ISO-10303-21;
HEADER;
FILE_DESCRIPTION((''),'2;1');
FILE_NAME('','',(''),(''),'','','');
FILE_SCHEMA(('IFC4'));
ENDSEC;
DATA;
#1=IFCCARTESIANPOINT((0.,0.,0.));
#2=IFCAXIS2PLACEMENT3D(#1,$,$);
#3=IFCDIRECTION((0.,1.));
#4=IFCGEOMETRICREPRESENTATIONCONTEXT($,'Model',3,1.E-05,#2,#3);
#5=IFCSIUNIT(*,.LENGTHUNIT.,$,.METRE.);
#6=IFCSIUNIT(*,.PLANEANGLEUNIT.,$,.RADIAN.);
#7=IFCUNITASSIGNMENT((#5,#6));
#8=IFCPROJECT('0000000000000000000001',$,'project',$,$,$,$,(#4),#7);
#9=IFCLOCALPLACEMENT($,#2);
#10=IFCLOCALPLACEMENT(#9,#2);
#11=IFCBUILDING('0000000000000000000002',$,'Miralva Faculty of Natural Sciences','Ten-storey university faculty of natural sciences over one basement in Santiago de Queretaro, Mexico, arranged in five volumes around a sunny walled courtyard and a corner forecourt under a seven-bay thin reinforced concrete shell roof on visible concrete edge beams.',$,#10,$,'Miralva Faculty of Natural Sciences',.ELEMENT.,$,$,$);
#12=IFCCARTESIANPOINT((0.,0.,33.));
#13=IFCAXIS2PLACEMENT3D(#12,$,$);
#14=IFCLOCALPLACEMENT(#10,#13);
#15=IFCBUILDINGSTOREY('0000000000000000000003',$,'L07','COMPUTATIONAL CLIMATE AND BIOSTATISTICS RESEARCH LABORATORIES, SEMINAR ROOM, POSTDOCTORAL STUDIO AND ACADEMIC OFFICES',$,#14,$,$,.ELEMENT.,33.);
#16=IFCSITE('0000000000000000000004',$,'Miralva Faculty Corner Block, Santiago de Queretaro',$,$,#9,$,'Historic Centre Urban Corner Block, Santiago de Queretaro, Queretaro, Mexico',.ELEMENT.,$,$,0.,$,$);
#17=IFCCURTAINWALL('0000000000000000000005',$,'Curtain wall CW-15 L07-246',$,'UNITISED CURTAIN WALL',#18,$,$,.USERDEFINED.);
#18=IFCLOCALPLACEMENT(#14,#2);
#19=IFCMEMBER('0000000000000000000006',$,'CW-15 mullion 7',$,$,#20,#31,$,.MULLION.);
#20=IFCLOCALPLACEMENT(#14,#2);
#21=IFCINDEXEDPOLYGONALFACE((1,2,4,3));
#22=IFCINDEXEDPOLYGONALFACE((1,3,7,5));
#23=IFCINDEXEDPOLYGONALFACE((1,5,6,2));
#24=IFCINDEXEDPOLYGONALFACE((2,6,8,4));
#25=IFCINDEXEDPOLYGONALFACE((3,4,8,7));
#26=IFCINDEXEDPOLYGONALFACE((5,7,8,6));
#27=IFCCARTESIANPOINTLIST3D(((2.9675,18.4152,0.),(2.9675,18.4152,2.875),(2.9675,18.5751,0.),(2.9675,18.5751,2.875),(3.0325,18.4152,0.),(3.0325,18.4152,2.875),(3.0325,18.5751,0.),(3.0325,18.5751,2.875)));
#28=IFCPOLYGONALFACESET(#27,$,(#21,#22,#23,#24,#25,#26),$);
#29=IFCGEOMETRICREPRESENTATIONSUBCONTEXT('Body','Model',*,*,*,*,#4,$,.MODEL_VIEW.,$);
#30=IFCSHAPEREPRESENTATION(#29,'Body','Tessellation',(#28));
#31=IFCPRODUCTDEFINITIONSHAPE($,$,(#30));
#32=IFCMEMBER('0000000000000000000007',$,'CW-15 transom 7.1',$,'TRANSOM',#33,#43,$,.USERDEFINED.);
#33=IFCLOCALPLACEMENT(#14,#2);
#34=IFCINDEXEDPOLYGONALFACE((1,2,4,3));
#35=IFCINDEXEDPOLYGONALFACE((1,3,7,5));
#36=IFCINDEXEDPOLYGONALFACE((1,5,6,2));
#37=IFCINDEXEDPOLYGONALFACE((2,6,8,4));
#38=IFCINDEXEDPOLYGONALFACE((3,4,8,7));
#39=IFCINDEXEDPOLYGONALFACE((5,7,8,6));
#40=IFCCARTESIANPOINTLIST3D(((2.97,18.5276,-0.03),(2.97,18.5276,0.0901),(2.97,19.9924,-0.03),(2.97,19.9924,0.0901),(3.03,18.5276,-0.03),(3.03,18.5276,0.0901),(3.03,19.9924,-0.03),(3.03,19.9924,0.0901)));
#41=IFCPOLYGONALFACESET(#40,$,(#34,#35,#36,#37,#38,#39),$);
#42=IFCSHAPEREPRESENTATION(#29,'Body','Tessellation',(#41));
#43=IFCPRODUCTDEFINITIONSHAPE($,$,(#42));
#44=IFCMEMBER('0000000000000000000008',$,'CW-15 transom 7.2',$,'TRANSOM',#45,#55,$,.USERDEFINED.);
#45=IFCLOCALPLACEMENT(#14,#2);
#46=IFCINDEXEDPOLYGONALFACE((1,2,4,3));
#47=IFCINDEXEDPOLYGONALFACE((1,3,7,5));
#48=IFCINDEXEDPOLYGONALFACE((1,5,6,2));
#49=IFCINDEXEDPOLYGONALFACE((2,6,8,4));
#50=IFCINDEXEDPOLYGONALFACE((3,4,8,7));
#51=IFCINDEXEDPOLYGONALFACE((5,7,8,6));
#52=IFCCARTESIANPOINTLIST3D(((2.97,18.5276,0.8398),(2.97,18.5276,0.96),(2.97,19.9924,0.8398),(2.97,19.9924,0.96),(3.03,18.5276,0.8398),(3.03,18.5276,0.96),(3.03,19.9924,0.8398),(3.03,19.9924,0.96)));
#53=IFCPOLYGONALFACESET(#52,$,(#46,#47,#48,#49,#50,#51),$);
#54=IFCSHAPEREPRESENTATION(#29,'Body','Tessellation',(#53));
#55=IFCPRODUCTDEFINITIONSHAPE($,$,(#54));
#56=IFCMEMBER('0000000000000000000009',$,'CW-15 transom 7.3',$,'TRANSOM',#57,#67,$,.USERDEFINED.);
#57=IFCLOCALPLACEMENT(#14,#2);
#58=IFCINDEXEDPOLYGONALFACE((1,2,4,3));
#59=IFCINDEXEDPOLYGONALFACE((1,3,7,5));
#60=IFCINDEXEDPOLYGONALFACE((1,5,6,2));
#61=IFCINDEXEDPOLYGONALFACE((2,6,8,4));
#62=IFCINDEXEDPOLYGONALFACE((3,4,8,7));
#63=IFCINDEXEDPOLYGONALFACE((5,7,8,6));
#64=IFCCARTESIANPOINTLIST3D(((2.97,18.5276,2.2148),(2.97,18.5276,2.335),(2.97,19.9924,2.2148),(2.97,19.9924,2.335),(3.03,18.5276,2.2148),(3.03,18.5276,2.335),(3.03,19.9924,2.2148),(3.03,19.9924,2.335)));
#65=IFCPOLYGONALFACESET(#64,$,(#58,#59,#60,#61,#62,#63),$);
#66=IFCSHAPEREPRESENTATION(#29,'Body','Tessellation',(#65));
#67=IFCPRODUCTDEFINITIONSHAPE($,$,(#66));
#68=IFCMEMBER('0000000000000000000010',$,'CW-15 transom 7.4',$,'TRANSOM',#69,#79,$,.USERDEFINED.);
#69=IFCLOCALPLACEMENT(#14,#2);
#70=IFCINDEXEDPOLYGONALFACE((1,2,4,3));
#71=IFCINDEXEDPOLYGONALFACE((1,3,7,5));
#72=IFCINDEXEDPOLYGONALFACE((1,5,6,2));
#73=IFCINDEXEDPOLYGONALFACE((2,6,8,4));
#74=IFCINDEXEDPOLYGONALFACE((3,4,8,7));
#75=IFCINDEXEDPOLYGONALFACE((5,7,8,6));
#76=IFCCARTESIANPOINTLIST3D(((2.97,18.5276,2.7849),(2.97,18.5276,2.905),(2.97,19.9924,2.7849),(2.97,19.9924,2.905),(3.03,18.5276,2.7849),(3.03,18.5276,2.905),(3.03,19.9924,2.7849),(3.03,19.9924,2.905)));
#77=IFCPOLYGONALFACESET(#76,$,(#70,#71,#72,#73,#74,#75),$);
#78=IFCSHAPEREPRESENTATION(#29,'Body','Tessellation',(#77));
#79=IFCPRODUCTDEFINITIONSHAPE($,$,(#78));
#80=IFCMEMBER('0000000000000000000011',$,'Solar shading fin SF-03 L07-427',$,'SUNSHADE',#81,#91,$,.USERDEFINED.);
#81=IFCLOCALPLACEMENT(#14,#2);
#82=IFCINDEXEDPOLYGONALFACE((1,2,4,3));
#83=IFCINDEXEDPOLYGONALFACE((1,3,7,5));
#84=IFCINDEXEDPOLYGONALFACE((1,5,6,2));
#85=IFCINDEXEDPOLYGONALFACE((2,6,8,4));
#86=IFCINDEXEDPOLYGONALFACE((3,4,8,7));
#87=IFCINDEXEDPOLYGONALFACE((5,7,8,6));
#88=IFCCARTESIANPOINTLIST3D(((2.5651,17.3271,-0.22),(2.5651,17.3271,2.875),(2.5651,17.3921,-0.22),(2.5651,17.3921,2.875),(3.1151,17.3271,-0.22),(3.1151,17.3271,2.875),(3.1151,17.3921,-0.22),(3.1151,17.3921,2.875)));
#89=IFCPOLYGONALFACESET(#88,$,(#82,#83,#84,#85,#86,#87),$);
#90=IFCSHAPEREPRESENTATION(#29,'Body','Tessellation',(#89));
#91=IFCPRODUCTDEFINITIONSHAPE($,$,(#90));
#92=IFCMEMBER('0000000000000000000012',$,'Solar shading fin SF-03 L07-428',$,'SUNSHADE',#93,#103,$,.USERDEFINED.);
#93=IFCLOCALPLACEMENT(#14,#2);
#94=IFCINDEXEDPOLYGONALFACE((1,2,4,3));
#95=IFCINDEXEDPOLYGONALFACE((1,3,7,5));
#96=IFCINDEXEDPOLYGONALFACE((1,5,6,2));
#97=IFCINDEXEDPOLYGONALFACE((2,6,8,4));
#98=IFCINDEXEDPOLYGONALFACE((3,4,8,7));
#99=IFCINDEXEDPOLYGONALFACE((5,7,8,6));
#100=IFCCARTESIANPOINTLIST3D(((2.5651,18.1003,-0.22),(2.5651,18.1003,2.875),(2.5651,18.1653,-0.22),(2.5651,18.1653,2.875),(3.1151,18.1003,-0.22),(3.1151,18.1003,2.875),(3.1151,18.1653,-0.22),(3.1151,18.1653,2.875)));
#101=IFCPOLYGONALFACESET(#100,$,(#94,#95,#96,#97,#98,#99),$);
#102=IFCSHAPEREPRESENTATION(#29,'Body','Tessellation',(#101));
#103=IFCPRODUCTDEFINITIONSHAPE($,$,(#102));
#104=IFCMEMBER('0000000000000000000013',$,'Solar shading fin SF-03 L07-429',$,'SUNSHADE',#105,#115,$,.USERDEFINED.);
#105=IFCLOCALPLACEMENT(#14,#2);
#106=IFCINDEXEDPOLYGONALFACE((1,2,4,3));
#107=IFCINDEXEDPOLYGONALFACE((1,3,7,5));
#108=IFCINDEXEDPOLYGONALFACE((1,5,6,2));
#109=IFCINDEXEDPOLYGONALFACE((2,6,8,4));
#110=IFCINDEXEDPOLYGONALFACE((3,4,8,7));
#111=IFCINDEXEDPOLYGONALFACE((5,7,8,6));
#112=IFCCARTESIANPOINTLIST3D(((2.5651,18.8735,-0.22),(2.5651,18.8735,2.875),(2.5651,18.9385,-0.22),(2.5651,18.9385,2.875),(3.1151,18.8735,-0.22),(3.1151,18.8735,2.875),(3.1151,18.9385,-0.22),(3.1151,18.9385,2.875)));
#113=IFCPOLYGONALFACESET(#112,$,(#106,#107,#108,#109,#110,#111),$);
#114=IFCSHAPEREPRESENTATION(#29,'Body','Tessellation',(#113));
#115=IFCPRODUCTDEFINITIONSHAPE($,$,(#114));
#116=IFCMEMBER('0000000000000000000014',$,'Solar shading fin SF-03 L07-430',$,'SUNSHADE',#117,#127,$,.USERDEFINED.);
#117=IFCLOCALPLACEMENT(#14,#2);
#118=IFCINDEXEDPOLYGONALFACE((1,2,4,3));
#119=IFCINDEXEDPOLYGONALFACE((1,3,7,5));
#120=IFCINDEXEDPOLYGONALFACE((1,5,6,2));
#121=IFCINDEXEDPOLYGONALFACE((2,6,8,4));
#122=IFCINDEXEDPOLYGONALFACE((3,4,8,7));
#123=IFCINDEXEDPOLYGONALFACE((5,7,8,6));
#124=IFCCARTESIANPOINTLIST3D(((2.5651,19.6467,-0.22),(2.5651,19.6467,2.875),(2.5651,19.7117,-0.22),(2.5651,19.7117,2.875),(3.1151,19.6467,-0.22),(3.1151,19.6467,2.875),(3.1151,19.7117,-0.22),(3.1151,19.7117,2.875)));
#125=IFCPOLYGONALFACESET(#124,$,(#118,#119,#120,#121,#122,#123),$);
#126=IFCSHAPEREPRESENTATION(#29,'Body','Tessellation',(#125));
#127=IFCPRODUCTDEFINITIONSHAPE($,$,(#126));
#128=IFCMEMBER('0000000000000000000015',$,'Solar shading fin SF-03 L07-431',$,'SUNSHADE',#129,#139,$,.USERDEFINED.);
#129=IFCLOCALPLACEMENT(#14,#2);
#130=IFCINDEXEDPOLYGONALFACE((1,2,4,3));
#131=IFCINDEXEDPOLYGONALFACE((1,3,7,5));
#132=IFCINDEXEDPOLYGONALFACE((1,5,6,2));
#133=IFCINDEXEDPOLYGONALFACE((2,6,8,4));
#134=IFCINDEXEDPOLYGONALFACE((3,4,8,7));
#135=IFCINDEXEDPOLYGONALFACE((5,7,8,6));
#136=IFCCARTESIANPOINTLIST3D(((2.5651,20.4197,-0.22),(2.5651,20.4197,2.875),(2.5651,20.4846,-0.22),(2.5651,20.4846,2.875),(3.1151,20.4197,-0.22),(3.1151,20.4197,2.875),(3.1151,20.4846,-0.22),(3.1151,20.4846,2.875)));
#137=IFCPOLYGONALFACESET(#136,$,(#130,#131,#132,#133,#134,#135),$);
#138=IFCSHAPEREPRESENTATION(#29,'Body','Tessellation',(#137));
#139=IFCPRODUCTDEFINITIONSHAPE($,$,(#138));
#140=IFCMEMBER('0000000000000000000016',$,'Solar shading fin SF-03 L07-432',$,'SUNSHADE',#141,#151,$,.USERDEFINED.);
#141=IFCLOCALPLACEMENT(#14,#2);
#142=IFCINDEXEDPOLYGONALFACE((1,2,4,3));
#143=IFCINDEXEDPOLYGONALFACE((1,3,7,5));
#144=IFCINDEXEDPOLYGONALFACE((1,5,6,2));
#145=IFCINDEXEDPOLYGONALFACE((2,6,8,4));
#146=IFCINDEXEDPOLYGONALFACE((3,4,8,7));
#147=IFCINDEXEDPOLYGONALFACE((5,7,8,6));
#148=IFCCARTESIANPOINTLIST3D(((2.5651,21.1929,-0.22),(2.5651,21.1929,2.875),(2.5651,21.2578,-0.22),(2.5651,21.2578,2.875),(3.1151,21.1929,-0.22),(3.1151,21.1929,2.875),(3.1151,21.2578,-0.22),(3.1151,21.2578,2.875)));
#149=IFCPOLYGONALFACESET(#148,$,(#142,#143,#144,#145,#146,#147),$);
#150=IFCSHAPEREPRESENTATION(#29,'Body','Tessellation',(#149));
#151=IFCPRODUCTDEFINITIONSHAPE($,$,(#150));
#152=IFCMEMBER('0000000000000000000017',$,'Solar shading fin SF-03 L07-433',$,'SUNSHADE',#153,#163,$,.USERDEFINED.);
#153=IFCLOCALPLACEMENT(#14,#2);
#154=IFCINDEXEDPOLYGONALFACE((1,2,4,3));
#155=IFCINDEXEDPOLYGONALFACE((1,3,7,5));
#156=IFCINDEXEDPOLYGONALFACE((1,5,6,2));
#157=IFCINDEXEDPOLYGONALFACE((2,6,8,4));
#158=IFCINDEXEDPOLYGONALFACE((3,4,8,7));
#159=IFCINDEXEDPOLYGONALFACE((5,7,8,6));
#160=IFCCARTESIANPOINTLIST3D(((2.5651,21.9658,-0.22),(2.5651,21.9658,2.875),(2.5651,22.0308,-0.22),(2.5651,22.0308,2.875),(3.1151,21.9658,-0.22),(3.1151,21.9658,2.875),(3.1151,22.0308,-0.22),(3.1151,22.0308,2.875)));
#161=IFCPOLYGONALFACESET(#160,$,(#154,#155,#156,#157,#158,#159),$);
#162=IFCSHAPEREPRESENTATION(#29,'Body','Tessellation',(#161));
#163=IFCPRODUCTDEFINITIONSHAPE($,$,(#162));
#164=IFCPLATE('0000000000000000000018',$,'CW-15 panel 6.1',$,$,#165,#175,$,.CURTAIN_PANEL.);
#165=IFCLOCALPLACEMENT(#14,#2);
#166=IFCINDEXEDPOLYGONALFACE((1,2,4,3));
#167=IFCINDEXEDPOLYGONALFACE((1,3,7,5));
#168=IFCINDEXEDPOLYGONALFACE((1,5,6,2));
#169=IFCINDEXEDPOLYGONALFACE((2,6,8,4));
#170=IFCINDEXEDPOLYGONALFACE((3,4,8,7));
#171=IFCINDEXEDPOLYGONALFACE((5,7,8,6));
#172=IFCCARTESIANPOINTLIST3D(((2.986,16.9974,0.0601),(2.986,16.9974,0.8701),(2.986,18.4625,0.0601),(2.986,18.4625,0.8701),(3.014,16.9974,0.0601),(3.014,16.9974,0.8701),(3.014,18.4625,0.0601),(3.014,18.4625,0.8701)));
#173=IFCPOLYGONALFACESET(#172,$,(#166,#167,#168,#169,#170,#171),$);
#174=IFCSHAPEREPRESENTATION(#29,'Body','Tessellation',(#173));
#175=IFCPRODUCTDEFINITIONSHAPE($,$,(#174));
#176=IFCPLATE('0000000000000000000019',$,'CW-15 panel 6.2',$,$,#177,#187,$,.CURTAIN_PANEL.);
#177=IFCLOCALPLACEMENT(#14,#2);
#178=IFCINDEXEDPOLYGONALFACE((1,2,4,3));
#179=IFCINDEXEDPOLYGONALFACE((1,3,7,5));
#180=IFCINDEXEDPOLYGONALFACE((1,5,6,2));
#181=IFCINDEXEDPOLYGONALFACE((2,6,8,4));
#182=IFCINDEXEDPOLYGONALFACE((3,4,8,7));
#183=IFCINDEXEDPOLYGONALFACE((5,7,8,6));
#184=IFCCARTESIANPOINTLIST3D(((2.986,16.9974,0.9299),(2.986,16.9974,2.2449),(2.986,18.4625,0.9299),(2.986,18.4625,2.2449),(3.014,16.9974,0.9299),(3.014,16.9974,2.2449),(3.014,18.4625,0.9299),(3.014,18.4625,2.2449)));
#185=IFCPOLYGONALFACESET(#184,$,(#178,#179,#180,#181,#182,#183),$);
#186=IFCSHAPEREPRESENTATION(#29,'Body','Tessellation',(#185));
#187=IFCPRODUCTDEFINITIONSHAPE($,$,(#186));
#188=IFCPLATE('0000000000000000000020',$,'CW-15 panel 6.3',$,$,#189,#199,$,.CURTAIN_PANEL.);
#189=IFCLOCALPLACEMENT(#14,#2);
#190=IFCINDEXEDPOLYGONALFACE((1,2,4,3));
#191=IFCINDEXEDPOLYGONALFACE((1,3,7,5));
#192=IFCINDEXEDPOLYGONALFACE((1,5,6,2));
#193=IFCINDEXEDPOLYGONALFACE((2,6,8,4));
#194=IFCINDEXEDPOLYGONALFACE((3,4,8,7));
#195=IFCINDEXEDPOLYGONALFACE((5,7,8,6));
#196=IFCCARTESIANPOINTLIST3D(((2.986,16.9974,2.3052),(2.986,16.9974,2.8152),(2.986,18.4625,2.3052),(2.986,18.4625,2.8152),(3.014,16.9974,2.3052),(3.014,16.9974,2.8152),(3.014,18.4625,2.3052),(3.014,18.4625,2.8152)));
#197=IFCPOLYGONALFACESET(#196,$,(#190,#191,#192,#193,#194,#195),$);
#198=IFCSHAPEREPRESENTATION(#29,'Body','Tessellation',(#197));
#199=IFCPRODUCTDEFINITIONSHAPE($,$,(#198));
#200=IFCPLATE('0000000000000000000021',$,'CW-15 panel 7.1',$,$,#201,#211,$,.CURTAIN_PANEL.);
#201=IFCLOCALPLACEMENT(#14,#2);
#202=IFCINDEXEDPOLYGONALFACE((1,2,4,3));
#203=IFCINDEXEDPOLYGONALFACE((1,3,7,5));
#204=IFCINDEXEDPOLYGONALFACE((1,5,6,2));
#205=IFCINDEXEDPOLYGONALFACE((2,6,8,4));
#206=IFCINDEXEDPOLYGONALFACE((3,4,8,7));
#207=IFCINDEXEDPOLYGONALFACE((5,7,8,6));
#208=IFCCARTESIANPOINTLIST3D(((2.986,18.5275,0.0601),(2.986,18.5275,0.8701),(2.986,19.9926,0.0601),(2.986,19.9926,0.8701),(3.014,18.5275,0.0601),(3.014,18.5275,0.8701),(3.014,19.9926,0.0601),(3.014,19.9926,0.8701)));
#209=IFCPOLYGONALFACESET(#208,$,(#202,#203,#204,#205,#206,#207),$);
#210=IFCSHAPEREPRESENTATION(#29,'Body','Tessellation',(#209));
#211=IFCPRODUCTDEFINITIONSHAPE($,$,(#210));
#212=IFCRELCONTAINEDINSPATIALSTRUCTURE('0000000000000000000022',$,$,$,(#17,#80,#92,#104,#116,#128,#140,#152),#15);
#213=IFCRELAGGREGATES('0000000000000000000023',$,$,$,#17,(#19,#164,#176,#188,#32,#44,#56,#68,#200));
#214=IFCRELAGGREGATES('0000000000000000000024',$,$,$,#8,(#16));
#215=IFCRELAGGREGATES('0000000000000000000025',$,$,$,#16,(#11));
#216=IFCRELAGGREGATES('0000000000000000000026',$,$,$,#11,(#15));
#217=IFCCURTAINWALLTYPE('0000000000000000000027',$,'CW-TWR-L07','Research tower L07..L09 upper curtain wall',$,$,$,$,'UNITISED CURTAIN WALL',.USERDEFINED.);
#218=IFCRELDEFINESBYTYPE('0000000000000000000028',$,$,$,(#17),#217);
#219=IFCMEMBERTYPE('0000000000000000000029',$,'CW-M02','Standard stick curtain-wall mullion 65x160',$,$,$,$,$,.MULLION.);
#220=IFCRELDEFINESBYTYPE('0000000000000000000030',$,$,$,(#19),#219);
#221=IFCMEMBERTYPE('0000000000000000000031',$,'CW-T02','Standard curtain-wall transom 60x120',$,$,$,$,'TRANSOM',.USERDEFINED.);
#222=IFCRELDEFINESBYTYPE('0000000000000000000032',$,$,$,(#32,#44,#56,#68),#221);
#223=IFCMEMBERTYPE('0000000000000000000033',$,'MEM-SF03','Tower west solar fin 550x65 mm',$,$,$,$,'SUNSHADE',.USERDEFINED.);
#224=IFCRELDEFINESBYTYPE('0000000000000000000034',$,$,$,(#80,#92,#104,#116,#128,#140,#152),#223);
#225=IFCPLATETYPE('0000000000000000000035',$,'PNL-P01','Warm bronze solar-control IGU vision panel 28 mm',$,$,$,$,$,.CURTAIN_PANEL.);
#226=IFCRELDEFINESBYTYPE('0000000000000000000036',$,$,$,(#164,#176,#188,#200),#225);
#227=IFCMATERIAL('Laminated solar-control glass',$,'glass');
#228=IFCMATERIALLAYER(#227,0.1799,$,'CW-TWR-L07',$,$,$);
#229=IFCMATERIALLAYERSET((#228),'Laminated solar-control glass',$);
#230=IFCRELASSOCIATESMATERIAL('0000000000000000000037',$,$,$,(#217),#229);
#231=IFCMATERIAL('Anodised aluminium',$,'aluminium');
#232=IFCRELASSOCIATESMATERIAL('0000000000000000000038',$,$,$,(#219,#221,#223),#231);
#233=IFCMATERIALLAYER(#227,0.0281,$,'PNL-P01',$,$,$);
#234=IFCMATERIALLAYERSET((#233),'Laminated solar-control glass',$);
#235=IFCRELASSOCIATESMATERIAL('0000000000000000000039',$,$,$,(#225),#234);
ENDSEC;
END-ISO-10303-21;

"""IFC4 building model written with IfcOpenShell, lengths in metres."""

from ifc_helpers import new_model, si_unit, direction, frame, origin, origin_2d, place, context, subcontext, project, spatial, rectangle, extrude, material, layer, layer_set, material_profile, profile_set, type_object, element, aggregate, save


model = new_model("IFC4")

# Units and contexts
model_context = context("Model", 3, precision=1e-05, world=origin(), true_north=direction((0.0, 1.0)))
body_context = subcontext(model_context, "Body", "Model", "MODEL_VIEW")
ifc_project = project(units=[si_unit("LENGTHUNIT", "METRE"), si_unit("PLANEANGLEUNIT", "RADIAN")], contexts=[model_context])

# Site, building, storey
site_placement = place(None, origin())
site = spatial("IfcSite", under=ifc_project, at=site_placement, Name="Miralva Faculty Corner Block, Santiago de Queretaro", LongName="Historic Centre Urban Corner Block, Santiago de Queretaro, Queretaro, Mexico", CompositionType="ELEMENT", RefElevation=0.0)
building_placement = place(site_placement, origin())
building = spatial("IfcBuilding", under=site, at=building_placement, Name="Miralva Faculty of Natural Sciences", Description="Ten-storey university faculty of natural sciences over one basement in Santiago de Queretaro, Mexico, arranged in five volumes around a sunny walled courtyard and a corner forecourt under a seven-bay thin reinforced concrete shell roof on visible concrete edge beams.", LongName="Miralva Faculty of Natural Sciences", CompositionType="ELEMENT")
storey_placement = place(building_placement, frame((0.0, 0.0, 33.0)))
storey = spatial("IfcBuildingStorey", under=building, at=storey_placement, Name="L07", Description="COMPUTATIONAL CLIMATE AND BIOSTATISTICS RESEARCH LABORATORIES, SEMINAR ROOM, POSTDOCTORAL STUDIO AND ACADEMIC OFFICES", CompositionType="ELEMENT", Elevation=33.0)

# Curtain wall, members
ifc_material_1 = material(Name="Laminated solar-control glass", Category="glass")
ifc_layer_1 = layer(ifc_material_1, 0.1799, Name="CW-TWR-L07")
ifc_layer_set_1 = layer_set([ifc_layer_1], Name="Laminated solar-control glass")
curtain_wall_type = type_object("IfcCurtainWallType", Name="CW-TWR-L07", Description="Research tower L07..L09 upper curtain wall", ElementType="UNITISED CURTAIN WALL", PredefinedType="USERDEFINED", material=ifc_layer_set_1)
curtain_wall_placement = place(storey_placement, origin())
curtain_wall = element("IfcCurtainWall", 1, at=curtain_wall_placement, inside=storey, type_object=curtain_wall_type, Name="Curtain wall CW-15 L07-246", ObjectType="UNITISED CURTAIN WALL", PredefinedType="USERDEFINED")
ifc_material_2 = material(Name="Anodised aluminium", Category="aluminium")
ifc_material_profile_1 = material_profile(ifc_material_2, rectangle(XDim=0.0649, YDim=0.1599, at=origin_2d()), Name="MULLION 65x160")
ifc_profile_set_1 = profile_set([ifc_material_profile_1], Name="Anodised aluminium")
member_type_1 = type_object("IfcMemberType", Name="CW-M02", Description="Standard stick curtain-wall mullion 65x160", PredefinedType="MULLION", material=ifc_profile_set_1)
member_1_placement = place(storey_placement, frame((3.0, 18.4951, 0.0), z_axis=(0.0, 0.0, 1.0), x_axis=(-1.0, 0.0, 0.0)))
member_1 = element("IfcMember", 2, at=member_1_placement, type_object=member_type_1, Name="CW-15 mullion 7", PredefinedType="MULLION", context=body_context, shape_type="SweptSolid", body=[
    extrude(rectangle(XDim=0.0649, YDim=0.1599, at=origin_2d()), origin(), (0.0, 0.0, 1.0), 2.875),
])
ifc_material_profile_2 = material_profile(ifc_material_2, rectangle(XDim=0.0601, YDim=0.1201, at=origin_2d()), Name="TRANSOM 60x120")
ifc_profile_set_2 = profile_set([ifc_material_profile_2], Name="Anodised aluminium")
member_type_2 = type_object("IfcMemberType", Name="CW-T02", Description="Standard curtain-wall transom 60x120", ElementType="TRANSOM", PredefinedType="USERDEFINED", material=ifc_profile_set_2)
member_2_placement = place(storey_placement, frame((3.0, 18.5276, 0.03), z_axis=(0.0, 1.0, 0.0), x_axis=(-1.0, 0.0, 0.0)))
member_2 = element("IfcMember", 3, at=member_2_placement, type_object=member_type_2, Name="CW-15 transom 7.1", ObjectType="TRANSOM", PredefinedType="USERDEFINED", context=body_context, shape_type="SweptSolid", body=[
    extrude(rectangle(XDim=0.0601, YDim=0.1201, at=origin_2d()), origin(), (0.0, 0.0, 1.0), 1.4648),
])
member_3_placement = place(storey_placement, frame((3.0, 18.5276, 0.8999), z_axis=(0.0, 1.0, 0.0), x_axis=(-1.0, 0.0, 0.0)))
member_3 = element("IfcMember", 4, at=member_3_placement, type_object=member_type_2, Name="CW-15 transom 7.2", ObjectType="TRANSOM", PredefinedType="USERDEFINED", context=body_context, shape_type="SweptSolid", body=[
    extrude(rectangle(XDim=0.0601, YDim=0.1201, at=origin_2d()), origin(), (0.0, 0.0, 1.0), 1.4648),
])
member_4_placement = place(storey_placement, frame((3.0, 18.5276, 2.2749), z_axis=(0.0, 1.0, 0.0), x_axis=(-1.0, 0.0, 0.0)))
member_4 = element("IfcMember", 5, at=member_4_placement, type_object=member_type_2, Name="CW-15 transom 7.3", ObjectType="TRANSOM", PredefinedType="USERDEFINED", context=body_context, shape_type="SweptSolid", body=[
    extrude(rectangle(XDim=0.0601, YDim=0.1201, at=origin_2d()), origin(), (0.0, 0.0, 1.0), 1.4648),
])
member_5_placement = place(storey_placement, frame((3.0, 18.5276, 2.845), z_axis=(0.0, 1.0, 0.0), x_axis=(-1.0, 0.0, 0.0)))
member_5 = element("IfcMember", 6, at=member_5_placement, type_object=member_type_2, Name="CW-15 transom 7.4", ObjectType="TRANSOM", PredefinedType="USERDEFINED", context=body_context, shape_type="SweptSolid", body=[
    extrude(rectangle(XDim=0.0601, YDim=0.1201, at=origin_2d()), origin(), (0.0, 0.0, 1.0), 1.4648),
])

# Members
ifc_material_profile_3 = material_profile(ifc_material_2, rectangle(XDim=0.0649, YDim=0.55, at=origin_2d()), Name="FIN 550x65")
ifc_profile_set_3 = profile_set([ifc_material_profile_3], Name="Anodised aluminium")
member_type_3 = type_object("IfcMemberType", Name="MEM-SF03", Description="Tower west solar fin 550x65 mm", ElementType="SUNSHADE", PredefinedType="USERDEFINED", material=ifc_profile_set_3)
for number, where, z_axis, x_axis, name in (
    (7, (2.8401, 17.3596, -0.22), (0.0, 0.0, 1.0), (0.0, -1.0, 0.0), "Solar shading fin SF-03 L07-427"),
    (8, (2.8401, 18.1328, -0.22), (0.0, 0.0, 1.0), (0.0, -1.0, 0.0), "Solar shading fin SF-03 L07-428"),
    (9, (2.8401, 18.906, -0.22), (0.0, 0.0, 1.0), (0.0, -1.0, 0.0), "Solar shading fin SF-03 L07-429"),
    (10, (2.8401, 19.6792, -0.22), (0.0, 0.0, 1.0), (0.0, -1.0, 0.0), "Solar shading fin SF-03 L07-430"),
    (11, (2.8401, 20.4521, -0.22), (0.0, 0.0, 1.0), (0.0, -1.0, 0.0), "Solar shading fin SF-03 L07-431"),
    (12, (2.8401, 21.2253, -0.22), (0.0, 0.0, 1.0), (0.0, -1.0, 0.0), "Solar shading fin SF-03 L07-432"),
    (13, (2.8401, 21.9983, -0.22), (0.0, 0.0, 1.0), (0.0, -1.0, 0.0), "Solar shading fin SF-03 L07-433"),
):
    element("IfcMember", number, at=place(storey_placement, frame(where, z_axis=z_axis, x_axis=x_axis)), inside=storey, type_object=member_type_3, Name=name, ObjectType="SUNSHADE", PredefinedType="USERDEFINED", context=body_context, shape_type="SweptSolid", body=[
        extrude(rectangle(XDim=0.0649, YDim=0.55, at=origin_2d()), origin(), (0.0, 0.0, 1.0), 3.095),
    ])

# Plates
ifc_layer_2 = layer(ifc_material_1, 0.0281, Name="PNL-P01")
ifc_layer_set_2 = layer_set([ifc_layer_2], Name="Laminated solar-control glass")
plate_type = type_object("IfcPlateType", Name="PNL-P01", Description="Warm bronze solar-control IGU vision panel 28 mm", PredefinedType="CURTAIN_PANEL", material=ifc_layer_set_2)
plate_1_placement = place(storey_placement, frame((3.0, 17.73, 0.0601), z_axis=(0.0, 0.0, 1.0), x_axis=(0.0, 1.0, 0.0)))
plate_1 = element("IfcPlate", 14, at=plate_1_placement, type_object=plate_type, Name="CW-15 panel 6.1", PredefinedType="CURTAIN_PANEL", context=body_context, shape_type="SweptSolid", body=[
    extrude(rectangle(XDim=1.4651, YDim=0.0281, at=origin_2d()), origin(), (0.0, 0.0, 1.0), 0.8101),
])
plate_2_placement = place(storey_placement, frame((3.0, 17.73, 0.9299), z_axis=(0.0, 0.0, 1.0), x_axis=(0.0, 1.0, 0.0)))
plate_2 = element("IfcPlate", 15, at=plate_2_placement, type_object=plate_type, Name="CW-15 panel 6.2", PredefinedType="CURTAIN_PANEL", context=body_context, shape_type="SweptSolid", body=[
    extrude(rectangle(XDim=1.4651, YDim=0.0281, at=origin_2d()), origin(), (0.0, 0.0, 1.0), 1.3149),
])
plate_3_placement = place(storey_placement, frame((3.0, 17.73, 2.3052), z_axis=(0.0, 0.0, 1.0), x_axis=(0.0, 1.0, 0.0)))
plate_3 = element("IfcPlate", 16, at=plate_3_placement, type_object=plate_type, Name="CW-15 panel 6.3", PredefinedType="CURTAIN_PANEL", context=body_context, shape_type="SweptSolid", body=[
    extrude(rectangle(XDim=1.4651, YDim=0.0281, at=origin_2d()), origin(), (0.0, 0.0, 1.0), 0.51),
])
plate_4_placement = place(storey_placement, frame((3.0, 19.26, 0.0601), z_axis=(0.0, 0.0, 1.0), x_axis=(0.0, 1.0, 0.0)))
plate_4 = element("IfcPlate", 17, at=plate_4_placement, type_object=plate_type, Name="CW-15 panel 7.1", PredefinedType="CURTAIN_PANEL", context=body_context, shape_type="SweptSolid", body=[
    extrude(rectangle(XDim=1.4651, YDim=0.0281, at=origin_2d()), origin(), (0.0, 0.0, 1.0), 0.8101),
])
aggregate(curtain_wall, [member_1, plate_1, plate_2, plate_3, member_2, member_3, member_4, member_5, plate_4])

save(model, "model.ifc")
